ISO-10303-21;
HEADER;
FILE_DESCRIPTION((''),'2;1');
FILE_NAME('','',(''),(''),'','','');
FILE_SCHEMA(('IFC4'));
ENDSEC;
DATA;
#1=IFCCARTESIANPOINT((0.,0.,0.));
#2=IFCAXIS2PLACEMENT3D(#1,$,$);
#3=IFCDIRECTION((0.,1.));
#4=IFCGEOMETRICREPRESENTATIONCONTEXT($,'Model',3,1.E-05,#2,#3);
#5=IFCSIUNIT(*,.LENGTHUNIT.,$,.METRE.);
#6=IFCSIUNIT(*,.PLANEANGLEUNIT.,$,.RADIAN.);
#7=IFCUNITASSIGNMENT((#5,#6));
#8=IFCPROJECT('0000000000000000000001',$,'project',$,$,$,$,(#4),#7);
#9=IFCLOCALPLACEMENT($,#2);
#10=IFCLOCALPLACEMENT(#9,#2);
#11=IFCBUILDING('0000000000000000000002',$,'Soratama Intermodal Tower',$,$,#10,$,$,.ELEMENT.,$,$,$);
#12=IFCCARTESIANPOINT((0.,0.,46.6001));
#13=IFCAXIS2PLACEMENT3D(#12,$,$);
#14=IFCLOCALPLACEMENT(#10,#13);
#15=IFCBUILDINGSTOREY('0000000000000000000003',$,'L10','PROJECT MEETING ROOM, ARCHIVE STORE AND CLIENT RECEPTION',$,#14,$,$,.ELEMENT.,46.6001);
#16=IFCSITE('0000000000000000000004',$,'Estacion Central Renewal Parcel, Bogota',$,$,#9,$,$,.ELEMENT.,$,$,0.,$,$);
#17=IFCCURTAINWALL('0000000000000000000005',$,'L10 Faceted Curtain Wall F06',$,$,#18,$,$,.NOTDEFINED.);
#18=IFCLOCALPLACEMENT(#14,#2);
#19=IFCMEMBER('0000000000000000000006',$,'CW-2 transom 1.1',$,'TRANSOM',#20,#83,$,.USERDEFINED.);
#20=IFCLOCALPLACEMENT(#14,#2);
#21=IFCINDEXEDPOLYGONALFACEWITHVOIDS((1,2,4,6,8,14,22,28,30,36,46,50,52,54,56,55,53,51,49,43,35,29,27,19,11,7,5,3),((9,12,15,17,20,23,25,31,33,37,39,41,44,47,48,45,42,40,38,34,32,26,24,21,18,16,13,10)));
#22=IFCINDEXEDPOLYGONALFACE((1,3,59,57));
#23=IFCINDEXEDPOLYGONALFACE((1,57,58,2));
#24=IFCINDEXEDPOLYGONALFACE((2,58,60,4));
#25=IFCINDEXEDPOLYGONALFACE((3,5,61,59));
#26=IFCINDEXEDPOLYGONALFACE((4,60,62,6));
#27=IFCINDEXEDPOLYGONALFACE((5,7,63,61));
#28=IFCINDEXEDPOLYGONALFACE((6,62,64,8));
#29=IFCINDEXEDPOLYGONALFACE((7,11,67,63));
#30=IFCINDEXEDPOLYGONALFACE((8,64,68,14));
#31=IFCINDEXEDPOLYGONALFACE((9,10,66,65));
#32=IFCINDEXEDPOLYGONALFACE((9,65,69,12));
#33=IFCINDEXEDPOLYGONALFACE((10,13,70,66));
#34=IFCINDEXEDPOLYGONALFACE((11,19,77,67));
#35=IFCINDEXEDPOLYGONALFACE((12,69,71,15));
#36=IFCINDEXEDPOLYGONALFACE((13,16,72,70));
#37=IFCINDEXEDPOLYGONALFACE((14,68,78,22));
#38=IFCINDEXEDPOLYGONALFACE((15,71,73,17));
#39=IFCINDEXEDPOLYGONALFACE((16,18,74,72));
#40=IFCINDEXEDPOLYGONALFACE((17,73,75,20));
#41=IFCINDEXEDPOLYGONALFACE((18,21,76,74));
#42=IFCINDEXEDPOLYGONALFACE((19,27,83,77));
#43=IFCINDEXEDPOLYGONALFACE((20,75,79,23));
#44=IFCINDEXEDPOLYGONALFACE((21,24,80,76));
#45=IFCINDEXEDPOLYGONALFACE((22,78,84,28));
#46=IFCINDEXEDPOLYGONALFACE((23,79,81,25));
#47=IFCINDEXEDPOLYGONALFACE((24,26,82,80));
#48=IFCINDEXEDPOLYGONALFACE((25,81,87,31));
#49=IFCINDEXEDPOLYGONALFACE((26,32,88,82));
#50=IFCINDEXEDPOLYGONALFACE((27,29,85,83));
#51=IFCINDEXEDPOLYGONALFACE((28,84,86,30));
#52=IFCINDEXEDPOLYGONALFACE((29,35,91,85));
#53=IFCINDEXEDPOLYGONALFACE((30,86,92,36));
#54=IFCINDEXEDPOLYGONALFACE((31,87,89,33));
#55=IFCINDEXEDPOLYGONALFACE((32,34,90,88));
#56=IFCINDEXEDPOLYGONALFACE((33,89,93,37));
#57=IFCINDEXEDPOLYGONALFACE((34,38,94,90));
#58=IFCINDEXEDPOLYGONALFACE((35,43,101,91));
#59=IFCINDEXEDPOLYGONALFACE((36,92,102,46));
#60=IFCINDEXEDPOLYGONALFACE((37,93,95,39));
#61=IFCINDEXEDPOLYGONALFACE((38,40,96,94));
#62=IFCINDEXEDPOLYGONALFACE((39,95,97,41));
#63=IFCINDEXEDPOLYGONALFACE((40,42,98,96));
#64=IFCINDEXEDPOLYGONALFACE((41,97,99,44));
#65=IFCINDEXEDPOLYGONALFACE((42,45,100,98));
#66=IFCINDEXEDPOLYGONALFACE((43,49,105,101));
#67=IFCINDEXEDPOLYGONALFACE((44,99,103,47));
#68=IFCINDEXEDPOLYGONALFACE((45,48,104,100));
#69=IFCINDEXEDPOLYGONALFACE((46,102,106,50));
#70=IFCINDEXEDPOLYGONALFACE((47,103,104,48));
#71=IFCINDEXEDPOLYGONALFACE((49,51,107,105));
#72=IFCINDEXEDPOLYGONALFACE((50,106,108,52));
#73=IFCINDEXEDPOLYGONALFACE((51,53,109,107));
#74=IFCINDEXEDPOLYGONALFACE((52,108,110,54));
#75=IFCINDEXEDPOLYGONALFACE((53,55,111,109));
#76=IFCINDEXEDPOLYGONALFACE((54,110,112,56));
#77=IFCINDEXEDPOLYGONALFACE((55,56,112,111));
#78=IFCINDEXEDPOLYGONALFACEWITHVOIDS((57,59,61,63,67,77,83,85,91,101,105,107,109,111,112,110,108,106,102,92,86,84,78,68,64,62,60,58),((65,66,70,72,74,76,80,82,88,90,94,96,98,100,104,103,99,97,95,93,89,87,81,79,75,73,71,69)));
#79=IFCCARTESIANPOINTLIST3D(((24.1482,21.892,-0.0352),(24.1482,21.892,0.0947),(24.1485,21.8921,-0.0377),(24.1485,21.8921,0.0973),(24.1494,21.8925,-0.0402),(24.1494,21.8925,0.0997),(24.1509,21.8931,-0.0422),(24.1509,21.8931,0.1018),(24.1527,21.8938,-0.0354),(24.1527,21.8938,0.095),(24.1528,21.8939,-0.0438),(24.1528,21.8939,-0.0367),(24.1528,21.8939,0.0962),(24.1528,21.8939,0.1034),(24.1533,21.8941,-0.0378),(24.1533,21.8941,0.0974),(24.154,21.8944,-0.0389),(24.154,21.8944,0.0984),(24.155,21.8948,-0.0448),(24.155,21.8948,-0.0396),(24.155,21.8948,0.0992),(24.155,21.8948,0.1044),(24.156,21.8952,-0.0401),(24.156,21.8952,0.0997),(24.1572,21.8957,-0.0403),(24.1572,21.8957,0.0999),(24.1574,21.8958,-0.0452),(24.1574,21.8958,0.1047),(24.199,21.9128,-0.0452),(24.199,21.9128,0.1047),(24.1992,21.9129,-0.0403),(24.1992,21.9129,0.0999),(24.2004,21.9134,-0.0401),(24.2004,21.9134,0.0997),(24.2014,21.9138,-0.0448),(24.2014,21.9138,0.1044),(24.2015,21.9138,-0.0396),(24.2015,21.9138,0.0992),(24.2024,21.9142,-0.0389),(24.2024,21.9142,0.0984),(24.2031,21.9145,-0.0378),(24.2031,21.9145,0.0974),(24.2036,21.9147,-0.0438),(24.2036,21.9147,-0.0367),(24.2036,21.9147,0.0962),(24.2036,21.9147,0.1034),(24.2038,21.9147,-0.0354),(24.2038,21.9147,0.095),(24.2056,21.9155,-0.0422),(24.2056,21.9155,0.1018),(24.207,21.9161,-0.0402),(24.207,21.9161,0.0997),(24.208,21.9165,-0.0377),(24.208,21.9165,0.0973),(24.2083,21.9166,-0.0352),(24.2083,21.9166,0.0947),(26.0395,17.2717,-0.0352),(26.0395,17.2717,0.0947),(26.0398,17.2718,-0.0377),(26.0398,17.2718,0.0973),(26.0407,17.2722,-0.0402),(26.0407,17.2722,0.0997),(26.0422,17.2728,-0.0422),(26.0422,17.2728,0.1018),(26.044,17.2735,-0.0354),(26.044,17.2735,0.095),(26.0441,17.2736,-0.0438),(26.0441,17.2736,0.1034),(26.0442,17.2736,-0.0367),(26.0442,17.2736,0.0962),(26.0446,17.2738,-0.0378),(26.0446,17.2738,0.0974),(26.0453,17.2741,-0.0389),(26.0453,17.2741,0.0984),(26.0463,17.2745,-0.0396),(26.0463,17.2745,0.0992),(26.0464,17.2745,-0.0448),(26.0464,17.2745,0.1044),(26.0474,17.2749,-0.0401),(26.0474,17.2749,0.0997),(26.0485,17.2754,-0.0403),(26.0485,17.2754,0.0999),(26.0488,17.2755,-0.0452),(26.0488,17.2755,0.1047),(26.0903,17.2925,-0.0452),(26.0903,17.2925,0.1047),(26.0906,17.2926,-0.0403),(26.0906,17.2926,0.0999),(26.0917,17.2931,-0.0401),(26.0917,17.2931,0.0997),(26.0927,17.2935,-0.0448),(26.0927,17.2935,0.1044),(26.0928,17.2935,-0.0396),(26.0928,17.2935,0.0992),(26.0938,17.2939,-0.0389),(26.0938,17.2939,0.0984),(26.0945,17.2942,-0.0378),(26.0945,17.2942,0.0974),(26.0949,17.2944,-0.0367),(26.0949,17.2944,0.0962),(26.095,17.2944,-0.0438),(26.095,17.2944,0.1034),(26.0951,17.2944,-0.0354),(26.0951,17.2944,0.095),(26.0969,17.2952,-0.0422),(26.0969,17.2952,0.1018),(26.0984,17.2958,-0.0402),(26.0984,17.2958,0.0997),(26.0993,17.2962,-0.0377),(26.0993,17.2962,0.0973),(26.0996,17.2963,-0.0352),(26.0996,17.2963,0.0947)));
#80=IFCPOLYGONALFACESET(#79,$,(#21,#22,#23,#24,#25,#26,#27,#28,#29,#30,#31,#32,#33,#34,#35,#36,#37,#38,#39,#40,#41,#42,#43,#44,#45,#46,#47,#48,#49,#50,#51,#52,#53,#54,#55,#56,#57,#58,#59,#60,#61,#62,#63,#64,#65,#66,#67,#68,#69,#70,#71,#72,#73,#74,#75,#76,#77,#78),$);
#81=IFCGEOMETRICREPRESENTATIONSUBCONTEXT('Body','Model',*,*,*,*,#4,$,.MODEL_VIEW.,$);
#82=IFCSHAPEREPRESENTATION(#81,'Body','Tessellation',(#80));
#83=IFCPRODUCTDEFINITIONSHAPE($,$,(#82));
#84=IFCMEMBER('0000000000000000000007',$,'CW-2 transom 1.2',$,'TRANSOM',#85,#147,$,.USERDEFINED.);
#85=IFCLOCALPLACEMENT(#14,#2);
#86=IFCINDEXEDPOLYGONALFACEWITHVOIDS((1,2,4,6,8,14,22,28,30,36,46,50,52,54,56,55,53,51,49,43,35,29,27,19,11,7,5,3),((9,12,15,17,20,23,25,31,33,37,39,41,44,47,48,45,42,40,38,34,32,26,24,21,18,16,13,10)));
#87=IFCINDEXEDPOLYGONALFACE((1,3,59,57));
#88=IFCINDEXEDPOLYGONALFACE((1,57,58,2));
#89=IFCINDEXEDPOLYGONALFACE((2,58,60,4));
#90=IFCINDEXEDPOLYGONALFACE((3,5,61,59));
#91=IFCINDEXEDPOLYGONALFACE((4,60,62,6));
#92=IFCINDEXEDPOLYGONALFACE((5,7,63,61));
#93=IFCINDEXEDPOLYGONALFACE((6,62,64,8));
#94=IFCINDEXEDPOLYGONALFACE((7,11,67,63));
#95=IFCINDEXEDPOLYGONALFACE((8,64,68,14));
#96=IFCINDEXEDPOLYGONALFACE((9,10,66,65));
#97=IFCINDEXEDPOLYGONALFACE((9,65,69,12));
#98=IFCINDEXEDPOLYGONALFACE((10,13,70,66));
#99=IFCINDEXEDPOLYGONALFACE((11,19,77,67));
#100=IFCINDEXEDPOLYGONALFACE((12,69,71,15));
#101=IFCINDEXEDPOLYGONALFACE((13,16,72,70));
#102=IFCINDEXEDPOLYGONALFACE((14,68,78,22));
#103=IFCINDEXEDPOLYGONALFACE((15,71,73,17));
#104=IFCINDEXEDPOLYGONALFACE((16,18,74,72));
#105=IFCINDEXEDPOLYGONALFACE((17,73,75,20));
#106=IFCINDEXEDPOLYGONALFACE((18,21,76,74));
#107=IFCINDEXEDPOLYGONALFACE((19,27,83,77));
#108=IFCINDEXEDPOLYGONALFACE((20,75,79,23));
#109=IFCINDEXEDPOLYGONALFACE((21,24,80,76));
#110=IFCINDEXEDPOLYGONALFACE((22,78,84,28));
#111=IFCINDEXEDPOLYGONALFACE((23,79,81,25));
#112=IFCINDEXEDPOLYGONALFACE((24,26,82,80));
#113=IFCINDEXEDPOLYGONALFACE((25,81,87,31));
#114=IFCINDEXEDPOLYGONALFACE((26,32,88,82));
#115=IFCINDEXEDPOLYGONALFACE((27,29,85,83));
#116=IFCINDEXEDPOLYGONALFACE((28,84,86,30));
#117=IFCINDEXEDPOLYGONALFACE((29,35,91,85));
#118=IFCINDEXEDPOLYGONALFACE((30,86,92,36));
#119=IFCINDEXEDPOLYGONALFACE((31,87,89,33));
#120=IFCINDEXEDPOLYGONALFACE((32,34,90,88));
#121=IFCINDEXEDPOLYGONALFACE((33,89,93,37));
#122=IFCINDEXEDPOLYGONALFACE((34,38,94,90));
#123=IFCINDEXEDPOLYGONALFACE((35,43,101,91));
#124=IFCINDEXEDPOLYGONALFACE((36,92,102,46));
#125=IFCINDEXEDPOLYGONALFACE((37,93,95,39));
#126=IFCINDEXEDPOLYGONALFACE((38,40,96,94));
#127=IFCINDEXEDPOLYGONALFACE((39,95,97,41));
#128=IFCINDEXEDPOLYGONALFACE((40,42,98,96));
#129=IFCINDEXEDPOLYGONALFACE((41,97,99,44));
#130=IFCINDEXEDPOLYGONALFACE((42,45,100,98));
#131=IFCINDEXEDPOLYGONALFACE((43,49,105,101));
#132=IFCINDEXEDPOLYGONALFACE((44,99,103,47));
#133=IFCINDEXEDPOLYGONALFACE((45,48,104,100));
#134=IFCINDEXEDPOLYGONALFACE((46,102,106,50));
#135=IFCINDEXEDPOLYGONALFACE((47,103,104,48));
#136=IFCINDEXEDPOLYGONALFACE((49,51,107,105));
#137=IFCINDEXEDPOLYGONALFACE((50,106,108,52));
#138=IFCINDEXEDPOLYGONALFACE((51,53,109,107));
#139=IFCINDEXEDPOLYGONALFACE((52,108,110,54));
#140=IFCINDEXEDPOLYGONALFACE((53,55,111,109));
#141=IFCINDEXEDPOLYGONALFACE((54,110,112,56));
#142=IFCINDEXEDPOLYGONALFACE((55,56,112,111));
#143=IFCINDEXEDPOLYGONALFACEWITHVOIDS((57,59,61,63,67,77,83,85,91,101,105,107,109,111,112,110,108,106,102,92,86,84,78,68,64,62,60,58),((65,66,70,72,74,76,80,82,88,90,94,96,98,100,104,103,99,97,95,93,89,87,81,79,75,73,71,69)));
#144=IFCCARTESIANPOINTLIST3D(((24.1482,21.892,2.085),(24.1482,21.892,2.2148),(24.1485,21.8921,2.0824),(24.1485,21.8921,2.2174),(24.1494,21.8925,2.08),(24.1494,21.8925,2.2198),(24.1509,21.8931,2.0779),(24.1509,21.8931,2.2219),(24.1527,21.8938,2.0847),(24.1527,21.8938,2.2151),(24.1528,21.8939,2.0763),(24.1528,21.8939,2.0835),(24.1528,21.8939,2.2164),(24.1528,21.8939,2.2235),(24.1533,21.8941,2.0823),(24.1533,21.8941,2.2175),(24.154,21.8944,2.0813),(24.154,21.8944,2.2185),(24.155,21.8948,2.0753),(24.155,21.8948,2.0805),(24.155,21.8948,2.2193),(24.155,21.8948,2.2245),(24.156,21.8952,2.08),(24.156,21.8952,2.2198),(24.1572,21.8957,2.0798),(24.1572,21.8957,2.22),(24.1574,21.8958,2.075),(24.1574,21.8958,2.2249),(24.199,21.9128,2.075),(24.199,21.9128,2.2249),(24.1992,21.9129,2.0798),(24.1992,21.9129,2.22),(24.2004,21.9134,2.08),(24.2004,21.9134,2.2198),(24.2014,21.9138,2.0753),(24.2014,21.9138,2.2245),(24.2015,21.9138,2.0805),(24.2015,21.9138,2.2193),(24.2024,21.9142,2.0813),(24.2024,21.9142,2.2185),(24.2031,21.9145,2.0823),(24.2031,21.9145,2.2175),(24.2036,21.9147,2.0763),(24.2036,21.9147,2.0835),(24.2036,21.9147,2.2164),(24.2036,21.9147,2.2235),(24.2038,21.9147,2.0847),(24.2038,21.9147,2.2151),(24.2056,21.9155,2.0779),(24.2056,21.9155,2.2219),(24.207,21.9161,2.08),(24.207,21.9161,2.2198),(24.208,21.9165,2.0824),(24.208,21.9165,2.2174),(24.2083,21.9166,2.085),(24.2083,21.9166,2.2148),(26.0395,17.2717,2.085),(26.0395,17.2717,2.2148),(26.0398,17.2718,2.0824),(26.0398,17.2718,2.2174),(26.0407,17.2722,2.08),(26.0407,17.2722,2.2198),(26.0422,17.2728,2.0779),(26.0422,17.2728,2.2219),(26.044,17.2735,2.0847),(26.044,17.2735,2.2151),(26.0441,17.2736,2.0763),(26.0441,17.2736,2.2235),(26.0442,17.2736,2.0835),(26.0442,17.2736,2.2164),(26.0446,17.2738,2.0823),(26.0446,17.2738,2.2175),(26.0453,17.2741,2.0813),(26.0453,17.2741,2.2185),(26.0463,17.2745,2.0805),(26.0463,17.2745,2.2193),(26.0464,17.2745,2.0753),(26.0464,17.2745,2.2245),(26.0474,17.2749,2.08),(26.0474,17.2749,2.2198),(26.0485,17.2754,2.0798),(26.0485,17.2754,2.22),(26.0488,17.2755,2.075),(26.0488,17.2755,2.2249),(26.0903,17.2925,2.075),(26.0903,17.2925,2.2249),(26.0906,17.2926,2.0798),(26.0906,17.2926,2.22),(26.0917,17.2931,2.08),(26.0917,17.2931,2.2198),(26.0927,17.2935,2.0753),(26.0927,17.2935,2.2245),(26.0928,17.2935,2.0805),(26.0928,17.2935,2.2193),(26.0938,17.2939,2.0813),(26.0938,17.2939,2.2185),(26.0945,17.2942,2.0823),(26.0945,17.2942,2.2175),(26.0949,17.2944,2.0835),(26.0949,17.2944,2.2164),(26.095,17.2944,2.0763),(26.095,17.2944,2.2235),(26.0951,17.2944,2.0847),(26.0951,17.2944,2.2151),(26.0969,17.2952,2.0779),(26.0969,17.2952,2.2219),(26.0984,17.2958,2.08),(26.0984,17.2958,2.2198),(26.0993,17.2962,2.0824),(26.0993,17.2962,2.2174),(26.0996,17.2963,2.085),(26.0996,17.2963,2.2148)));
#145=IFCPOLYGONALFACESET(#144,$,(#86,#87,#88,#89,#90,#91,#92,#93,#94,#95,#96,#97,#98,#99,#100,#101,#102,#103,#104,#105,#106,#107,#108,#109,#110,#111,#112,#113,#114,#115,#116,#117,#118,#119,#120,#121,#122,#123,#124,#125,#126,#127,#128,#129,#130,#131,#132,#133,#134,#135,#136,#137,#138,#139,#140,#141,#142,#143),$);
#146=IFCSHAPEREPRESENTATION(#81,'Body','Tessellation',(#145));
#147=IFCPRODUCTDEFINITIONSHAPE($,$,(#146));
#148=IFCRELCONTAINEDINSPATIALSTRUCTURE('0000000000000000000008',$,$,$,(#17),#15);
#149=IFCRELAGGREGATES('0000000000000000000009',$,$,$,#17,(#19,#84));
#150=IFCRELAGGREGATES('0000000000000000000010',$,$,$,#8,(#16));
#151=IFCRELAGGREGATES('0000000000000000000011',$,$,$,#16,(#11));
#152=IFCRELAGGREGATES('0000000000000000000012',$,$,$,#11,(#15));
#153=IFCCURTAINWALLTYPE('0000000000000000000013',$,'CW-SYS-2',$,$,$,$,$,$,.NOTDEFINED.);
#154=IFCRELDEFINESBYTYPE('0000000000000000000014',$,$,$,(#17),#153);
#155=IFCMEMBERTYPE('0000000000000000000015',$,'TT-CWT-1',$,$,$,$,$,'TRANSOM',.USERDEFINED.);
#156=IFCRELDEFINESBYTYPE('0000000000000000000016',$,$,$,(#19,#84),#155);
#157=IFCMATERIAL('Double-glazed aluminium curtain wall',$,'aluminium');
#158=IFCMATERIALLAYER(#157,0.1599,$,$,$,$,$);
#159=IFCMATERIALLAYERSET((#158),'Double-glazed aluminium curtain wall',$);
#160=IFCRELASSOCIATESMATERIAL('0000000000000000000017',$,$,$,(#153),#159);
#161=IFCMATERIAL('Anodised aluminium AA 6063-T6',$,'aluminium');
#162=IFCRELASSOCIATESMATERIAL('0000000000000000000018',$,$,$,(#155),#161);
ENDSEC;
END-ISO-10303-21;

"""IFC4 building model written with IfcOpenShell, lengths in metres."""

from ifc_helpers import new_model, si_unit, direction, frame, origin, origin_2d, place, context, subcontext, project, spatial, hollow_rectangle, extrude, material, layer, layer_set, material_profile, profile_set, type_object, element, aggregate, save


model = new_model("IFC4")

# Units and contexts
model_context = context("Model", 3, precision=1e-05, world=origin(), true_north=direction((0.0, 1.0)))
body_context = subcontext(model_context, "Body", "Model", "MODEL_VIEW")
ifc_project = project(units=[si_unit("LENGTHUNIT", "METRE"), si_unit("PLANEANGLEUNIT", "RADIAN")], contexts=[model_context])

# Site, building, storey
site_placement = place(None, origin())
site = spatial("IfcSite", under=ifc_project, at=site_placement, Name="Estacion Central Renewal Parcel, Bogota", CompositionType="ELEMENT", RefElevation=0.0)
building_placement = place(site_placement, origin())
building = spatial("IfcBuilding", under=site, at=building_placement, Name="Soratama Intermodal Tower", CompositionType="ELEMENT")
storey_placement = place(building_placement, frame((0.0, 0.0, 46.6001)))
storey = spatial("IfcBuildingStorey", under=building, at=storey_placement, Name="L10", Description="PROJECT MEETING ROOM, ARCHIVE STORE AND CLIENT RECEPTION", CompositionType="ELEMENT", Elevation=46.6001)

# Curtain wall, members
ifc_material_1 = material(Name="Double-glazed aluminium curtain wall", Category="aluminium")
ifc_layer_1 = layer(ifc_material_1, 0.1599)
ifc_layer_set_1 = layer_set([ifc_layer_1], Name="Double-glazed aluminium curtain wall")
curtain_wall_type = type_object("IfcCurtainWallType", Name="CW-SYS-2", PredefinedType="NOTDEFINED", material=ifc_layer_set_1)
curtain_wall_placement = place(storey_placement, origin())
curtain_wall = element("IfcCurtainWall", 1, at=curtain_wall_placement, inside=storey, type_object=curtain_wall_type, Name="L10 Faceted Curtain Wall F06", PredefinedType="NOTDEFINED")
ifc_material_2 = material(Name="Anodised aluminium AA 6063-T6", Category="aluminium")
ifc_material_profile_1 = material_profile(ifc_material_2, hollow_rectangle(XDim=0.0649, YDim=0.1499, WallThickness=0.0049, InnerFilletRadius=0.0049, OuterFilletRadius=0.01, at=origin_2d()), Name="CWT150X65X5")
ifc_profile_set_1 = profile_set([ifc_material_profile_1], Name="Anodised aluminium AA 6063-T6")
member_type_1 = type_object("IfcMemberType", Name="TT-CWT-1", ElementType="TRANSOM", PredefinedType="USERDEFINED", material=ifc_profile_set_1)
member_1_placement = place(storey_placement, frame((24.1782, 21.9043, 0.0298), z_axis=(0.37884, -0.925462, 0.0), x_axis=(0.925462, 0.37884, 0.0)))
member_1 = element("IfcMember", 2, at=member_1_placement, type_object=member_type_1, Name="CW-2 transom 1.1", ObjectType="TRANSOM", PredefinedType="USERDEFINED", context=body_context, shape_type="SweptSolid", body=[
    extrude(hollow_rectangle(XDim=0.0649, YDim=0.1499, WallThickness=0.0049, InnerFilletRadius=0.0049, OuterFilletRadius=0.01, at=origin_2d()), origin(), (0.0, 0.0, 1.0), 4.9924),
])
member_2_placement = place(storey_placement, frame((24.1782, 21.9043, 2.1499), z_axis=(0.37884, -0.925462, 0.0), x_axis=(0.925462, 0.37884, 0.0)))
member_2 = element("IfcMember", 3, at=member_2_placement, type_object=member_type_1, Name="CW-2 transom 1.2", ObjectType="TRANSOM", PredefinedType="USERDEFINED", context=body_context, shape_type="SweptSolid", body=[
    extrude(hollow_rectangle(XDim=0.0649, YDim=0.1499, WallThickness=0.0049, InnerFilletRadius=0.0049, OuterFilletRadius=0.01, at=origin_2d()), origin(), (0.0, 0.0, 1.0), 4.9924),
])
aggregate(curtain_wall, [member_1, member_2])

save(model, "model.ifc")
